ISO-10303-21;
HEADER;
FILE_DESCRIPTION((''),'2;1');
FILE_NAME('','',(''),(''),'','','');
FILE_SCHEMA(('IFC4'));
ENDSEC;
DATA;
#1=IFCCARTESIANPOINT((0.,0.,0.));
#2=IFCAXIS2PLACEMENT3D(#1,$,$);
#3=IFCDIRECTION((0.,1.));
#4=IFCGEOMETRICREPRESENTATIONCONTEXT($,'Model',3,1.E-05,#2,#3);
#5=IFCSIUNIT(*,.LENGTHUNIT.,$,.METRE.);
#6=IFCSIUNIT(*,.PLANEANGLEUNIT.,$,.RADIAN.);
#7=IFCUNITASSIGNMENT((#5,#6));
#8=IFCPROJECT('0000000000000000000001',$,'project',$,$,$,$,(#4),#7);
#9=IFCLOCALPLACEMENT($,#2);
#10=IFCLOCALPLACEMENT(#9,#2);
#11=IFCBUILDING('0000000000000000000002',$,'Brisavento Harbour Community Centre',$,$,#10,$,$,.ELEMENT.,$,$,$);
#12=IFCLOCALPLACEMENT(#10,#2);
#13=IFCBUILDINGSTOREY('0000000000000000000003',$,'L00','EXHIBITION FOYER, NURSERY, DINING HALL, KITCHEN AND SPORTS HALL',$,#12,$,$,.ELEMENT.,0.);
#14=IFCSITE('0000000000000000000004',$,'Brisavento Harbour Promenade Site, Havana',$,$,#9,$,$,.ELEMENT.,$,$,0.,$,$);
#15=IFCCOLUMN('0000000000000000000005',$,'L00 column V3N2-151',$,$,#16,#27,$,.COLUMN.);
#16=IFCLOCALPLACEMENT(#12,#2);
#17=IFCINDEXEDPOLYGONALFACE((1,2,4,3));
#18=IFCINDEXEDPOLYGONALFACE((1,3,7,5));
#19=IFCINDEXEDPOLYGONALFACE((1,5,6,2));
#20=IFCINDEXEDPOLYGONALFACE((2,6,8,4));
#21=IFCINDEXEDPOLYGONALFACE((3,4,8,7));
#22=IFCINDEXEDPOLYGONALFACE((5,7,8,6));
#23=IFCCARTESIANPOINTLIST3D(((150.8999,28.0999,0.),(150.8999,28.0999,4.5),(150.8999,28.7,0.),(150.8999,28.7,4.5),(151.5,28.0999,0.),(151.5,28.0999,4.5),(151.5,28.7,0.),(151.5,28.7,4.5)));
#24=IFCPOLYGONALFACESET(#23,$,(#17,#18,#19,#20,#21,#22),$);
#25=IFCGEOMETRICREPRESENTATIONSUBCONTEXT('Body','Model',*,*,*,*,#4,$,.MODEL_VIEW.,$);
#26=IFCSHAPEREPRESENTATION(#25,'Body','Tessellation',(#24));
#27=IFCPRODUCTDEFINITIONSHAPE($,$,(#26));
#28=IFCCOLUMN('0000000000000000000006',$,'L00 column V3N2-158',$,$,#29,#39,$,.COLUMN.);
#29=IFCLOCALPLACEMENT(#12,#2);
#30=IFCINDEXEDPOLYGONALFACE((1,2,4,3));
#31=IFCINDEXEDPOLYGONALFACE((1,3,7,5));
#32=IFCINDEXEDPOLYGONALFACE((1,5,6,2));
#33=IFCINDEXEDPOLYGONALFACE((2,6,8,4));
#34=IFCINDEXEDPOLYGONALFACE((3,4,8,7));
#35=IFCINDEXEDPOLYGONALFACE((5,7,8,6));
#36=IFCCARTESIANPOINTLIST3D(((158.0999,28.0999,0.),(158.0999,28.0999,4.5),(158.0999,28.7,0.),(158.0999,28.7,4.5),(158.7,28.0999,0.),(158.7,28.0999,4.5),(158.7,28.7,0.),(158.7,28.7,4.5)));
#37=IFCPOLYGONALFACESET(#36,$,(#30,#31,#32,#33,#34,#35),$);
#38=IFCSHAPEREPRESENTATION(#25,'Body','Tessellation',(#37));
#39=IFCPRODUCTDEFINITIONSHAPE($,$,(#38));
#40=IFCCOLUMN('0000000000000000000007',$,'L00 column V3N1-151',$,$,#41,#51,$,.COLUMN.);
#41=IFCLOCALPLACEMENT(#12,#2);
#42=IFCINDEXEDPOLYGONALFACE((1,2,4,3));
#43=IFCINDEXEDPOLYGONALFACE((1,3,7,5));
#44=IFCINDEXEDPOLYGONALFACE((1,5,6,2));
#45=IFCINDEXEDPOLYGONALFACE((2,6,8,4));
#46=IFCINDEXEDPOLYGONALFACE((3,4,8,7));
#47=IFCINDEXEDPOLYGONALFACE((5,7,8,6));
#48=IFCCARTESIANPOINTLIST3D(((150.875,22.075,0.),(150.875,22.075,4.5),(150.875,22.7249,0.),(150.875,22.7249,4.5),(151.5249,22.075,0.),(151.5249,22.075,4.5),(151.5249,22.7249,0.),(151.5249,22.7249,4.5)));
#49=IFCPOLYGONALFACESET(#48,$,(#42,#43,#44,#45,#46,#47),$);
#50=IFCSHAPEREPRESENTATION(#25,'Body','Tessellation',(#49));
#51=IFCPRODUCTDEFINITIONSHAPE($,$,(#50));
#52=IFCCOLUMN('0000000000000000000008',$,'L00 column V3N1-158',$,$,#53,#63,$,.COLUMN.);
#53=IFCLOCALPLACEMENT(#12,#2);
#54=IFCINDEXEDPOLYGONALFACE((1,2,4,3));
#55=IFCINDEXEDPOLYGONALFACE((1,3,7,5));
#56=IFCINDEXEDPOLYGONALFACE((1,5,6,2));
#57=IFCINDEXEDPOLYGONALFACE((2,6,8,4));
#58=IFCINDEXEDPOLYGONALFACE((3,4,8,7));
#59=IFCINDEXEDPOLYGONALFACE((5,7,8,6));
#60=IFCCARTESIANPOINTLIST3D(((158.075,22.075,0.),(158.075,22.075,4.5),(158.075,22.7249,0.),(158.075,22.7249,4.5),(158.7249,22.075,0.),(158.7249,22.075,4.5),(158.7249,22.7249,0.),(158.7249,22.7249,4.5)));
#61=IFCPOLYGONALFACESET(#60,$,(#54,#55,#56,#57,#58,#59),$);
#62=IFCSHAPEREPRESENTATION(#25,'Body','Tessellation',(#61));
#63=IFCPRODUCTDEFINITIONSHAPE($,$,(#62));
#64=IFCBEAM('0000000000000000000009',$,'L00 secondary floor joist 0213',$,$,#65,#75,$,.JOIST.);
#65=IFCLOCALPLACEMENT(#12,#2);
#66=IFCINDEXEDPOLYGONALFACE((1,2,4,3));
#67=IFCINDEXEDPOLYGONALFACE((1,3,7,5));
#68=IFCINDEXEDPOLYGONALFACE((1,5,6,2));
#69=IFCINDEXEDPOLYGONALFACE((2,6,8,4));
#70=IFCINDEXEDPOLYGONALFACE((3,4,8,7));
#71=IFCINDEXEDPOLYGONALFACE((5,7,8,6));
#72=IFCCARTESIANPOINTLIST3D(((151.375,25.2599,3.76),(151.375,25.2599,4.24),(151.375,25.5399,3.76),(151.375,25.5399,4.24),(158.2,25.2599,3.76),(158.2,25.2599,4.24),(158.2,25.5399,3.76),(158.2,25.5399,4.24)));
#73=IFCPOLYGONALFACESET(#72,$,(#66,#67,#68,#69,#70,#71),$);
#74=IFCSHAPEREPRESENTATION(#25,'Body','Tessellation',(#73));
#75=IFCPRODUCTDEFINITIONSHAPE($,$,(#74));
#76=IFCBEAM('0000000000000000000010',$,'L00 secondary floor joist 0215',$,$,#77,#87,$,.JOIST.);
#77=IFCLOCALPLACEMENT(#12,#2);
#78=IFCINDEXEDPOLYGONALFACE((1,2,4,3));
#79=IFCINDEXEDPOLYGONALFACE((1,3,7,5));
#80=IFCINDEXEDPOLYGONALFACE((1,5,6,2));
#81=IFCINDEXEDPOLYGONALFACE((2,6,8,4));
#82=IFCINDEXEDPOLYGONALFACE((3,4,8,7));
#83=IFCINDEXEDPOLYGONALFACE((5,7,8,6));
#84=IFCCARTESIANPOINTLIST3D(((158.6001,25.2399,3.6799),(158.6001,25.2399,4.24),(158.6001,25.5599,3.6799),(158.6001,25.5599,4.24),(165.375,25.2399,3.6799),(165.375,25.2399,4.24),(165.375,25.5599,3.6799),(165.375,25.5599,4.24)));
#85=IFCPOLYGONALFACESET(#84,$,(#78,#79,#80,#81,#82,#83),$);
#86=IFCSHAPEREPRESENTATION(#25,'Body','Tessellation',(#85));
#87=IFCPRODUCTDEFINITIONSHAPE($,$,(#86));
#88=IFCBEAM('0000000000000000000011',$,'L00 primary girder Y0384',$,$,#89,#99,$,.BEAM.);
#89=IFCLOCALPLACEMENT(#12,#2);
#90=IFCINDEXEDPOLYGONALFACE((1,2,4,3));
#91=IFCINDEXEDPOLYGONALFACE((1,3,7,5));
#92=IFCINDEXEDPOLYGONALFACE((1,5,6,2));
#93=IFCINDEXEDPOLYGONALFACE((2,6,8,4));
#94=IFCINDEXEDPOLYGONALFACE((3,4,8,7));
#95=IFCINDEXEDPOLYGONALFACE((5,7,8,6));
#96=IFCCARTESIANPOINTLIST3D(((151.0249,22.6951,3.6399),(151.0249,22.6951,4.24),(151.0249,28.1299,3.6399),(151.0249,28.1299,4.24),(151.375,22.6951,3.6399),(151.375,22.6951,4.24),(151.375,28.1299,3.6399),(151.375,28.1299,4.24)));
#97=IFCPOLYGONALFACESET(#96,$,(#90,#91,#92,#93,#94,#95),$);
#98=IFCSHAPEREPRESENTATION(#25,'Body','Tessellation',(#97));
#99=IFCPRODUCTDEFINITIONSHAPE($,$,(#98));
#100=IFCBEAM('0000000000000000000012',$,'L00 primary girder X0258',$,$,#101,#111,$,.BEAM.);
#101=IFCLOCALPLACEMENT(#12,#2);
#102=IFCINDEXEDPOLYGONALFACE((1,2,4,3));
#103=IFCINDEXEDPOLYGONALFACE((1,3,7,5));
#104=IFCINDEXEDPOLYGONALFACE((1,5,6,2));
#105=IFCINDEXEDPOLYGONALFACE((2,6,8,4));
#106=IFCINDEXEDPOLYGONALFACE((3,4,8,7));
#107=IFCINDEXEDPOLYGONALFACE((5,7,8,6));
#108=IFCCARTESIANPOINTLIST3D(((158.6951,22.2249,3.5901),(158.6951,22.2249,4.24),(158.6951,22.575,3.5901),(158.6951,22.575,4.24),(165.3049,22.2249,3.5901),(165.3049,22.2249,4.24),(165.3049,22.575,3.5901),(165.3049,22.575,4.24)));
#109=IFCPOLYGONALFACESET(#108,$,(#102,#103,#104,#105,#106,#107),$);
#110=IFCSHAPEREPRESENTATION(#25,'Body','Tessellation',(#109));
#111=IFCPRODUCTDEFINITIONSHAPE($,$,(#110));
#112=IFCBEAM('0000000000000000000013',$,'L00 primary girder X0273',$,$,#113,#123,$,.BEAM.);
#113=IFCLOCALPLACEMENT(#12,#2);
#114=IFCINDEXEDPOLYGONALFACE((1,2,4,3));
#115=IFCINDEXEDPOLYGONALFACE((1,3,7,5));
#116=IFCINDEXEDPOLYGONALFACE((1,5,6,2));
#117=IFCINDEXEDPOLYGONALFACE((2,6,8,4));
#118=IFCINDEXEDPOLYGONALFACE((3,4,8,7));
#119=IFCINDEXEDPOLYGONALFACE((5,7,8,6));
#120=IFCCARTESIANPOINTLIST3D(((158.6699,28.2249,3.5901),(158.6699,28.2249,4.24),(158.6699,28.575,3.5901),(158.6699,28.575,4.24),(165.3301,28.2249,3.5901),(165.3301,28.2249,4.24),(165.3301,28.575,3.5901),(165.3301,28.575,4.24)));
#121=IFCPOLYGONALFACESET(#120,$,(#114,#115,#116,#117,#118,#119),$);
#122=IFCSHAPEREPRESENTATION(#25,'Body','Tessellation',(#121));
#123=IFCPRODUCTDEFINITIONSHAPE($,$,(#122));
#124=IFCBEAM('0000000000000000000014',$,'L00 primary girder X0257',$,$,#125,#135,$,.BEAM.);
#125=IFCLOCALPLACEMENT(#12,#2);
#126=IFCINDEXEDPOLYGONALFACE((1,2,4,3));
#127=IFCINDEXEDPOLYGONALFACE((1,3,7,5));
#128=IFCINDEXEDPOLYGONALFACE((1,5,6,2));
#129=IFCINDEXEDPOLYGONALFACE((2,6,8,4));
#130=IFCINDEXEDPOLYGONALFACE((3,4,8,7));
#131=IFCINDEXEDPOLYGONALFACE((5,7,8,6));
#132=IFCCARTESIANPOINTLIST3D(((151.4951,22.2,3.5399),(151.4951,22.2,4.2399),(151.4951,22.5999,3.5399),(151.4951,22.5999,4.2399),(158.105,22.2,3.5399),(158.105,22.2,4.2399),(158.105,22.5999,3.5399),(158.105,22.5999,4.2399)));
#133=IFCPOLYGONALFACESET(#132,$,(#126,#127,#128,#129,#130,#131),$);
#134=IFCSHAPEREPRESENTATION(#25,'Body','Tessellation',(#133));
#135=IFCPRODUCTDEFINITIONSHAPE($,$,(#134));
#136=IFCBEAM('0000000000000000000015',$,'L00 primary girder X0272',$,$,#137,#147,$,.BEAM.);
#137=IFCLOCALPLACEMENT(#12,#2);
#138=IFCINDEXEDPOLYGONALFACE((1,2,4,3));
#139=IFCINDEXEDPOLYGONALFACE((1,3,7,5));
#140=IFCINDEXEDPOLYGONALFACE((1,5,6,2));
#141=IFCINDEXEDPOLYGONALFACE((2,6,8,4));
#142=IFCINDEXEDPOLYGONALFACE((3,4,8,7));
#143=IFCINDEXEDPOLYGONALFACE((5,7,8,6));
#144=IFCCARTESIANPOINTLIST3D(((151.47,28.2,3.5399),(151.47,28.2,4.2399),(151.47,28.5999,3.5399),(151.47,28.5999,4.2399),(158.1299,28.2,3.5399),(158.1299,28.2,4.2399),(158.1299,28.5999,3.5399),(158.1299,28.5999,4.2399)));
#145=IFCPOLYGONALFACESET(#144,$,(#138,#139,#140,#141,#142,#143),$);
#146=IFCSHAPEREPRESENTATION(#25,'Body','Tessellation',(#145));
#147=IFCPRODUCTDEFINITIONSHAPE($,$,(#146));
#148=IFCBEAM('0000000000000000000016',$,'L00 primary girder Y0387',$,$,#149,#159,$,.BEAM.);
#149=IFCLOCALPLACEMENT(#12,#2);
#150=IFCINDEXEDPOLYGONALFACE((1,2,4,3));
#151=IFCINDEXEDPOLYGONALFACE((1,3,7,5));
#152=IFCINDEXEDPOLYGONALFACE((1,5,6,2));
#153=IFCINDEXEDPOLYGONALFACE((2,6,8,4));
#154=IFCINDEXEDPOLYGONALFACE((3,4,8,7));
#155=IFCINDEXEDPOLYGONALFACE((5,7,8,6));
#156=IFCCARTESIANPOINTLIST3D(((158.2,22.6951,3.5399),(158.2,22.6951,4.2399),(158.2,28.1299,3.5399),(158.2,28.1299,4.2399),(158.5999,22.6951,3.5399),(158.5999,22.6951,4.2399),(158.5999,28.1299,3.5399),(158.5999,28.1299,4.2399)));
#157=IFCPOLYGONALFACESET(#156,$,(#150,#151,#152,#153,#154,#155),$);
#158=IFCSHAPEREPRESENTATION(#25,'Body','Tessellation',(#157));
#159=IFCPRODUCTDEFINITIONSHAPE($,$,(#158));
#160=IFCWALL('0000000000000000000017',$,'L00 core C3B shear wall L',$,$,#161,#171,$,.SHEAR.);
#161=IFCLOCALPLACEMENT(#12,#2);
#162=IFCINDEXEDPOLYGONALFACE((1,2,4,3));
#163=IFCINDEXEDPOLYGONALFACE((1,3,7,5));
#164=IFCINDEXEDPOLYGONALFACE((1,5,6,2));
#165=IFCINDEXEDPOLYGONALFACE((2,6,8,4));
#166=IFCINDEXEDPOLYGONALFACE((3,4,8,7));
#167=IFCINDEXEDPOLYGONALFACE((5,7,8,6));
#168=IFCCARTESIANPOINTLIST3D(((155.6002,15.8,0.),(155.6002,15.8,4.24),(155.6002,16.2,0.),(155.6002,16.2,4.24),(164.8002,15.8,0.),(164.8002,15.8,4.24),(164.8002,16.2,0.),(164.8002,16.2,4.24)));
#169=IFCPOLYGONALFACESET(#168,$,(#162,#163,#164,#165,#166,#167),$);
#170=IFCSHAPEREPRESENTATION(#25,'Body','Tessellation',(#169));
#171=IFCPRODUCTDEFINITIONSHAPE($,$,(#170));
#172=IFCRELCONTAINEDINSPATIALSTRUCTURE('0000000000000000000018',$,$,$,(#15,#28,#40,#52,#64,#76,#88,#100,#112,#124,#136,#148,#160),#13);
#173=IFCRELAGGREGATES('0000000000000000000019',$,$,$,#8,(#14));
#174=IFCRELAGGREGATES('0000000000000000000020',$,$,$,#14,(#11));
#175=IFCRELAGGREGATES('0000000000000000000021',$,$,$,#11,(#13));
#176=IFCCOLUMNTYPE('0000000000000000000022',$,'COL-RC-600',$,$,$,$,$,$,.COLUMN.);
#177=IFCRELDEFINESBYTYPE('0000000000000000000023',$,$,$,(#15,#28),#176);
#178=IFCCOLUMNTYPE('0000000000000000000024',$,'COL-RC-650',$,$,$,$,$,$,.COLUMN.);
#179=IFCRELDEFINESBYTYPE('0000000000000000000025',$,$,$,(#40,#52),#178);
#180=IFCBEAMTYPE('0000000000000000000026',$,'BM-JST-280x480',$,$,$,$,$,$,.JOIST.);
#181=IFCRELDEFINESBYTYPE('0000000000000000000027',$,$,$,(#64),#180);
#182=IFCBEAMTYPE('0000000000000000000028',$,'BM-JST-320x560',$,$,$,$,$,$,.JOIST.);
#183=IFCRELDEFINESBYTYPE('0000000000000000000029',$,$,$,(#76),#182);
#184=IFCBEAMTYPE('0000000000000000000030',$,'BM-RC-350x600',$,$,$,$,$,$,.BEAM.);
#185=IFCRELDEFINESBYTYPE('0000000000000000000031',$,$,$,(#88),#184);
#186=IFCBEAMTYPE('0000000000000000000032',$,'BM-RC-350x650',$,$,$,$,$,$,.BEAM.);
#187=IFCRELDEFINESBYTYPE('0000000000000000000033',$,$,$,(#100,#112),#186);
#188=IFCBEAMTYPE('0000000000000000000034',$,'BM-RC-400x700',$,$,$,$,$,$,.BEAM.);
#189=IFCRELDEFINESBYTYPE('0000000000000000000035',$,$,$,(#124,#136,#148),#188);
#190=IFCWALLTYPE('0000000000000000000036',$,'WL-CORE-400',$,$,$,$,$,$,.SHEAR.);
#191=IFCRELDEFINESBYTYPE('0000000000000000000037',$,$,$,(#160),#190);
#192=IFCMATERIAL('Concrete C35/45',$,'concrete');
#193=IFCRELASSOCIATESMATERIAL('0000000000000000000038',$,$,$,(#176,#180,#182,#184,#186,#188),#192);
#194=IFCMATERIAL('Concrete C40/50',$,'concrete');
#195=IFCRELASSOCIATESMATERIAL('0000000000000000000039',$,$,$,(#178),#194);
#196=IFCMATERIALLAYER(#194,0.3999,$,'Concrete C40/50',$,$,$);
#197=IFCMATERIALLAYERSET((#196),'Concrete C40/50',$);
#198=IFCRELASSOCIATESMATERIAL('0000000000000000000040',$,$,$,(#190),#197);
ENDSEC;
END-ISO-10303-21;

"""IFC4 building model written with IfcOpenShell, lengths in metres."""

from ifc_helpers import new_model, si_unit, direction, frame, frame_2d, origin, origin_2d, place, context, subcontext, project, spatial, rectangle, extrude, material, layer, layer_set, material_profile, profile_set, type_object, element, save


model = new_model("IFC4")

# Units and contexts
model_context = context("Model", 3, precision=1e-05, world=origin(), true_north=direction((0.0, 1.0)))
body_context = subcontext(model_context, "Body", "Model", "MODEL_VIEW")
ifc_project = project(units=[si_unit("LENGTHUNIT", "METRE"), si_unit("PLANEANGLEUNIT", "RADIAN")], contexts=[model_context])

# Site, building, storey
site_placement = place(None, origin())
site = spatial("IfcSite", under=ifc_project, at=site_placement, Name="Brisavento Harbour Promenade Site, Havana", CompositionType="ELEMENT", RefElevation=0.0)
building_placement = place(site_placement, origin())
building = spatial("IfcBuilding", under=site, at=building_placement, Name="Brisavento Harbour Community Centre", CompositionType="ELEMENT")
storey_placement = place(building_placement, origin())
storey = spatial("IfcBuildingStorey", under=building, at=storey_placement, Name="L00", Description="EXHIBITION FOYER, NURSERY, DINING HALL, KITCHEN AND SPORTS HALL", CompositionType="ELEMENT", Elevation=0.0)

# Columns
ifc_material_1 = material(Name="Concrete C35/45", Category="concrete")
ifc_material_profile_1 = material_profile(ifc_material_1, rectangle(XDim=0.6001, YDim=0.6001, at=origin_2d()), Name="Concrete C35/45")
ifc_profile_set_1 = profile_set([ifc_material_profile_1], Name="Concrete C35/45")
column_type_1 = type_object("IfcColumnType", Name="COL-RC-600", PredefinedType="COLUMN", material=ifc_profile_set_1)
for number, where, z_axis, x_axis, name in (
    (1, (151.2, 28.3999, 0.0), (0.0, 0.0, 1.0), (1.0, 0.0, 0.0), "L00 column V3N2-151"),
    (2, (158.3999, 28.3999, 0.0), (0.0, 0.0, 1.0), (1.0, 0.0, 0.0), "L00 column V3N2-158"),
):
    element("IfcColumn", number, at=place(storey_placement, frame(where, z_axis=z_axis, x_axis=x_axis)), inside=storey, type_object=column_type_1, Name=name, PredefinedType="COLUMN", context=body_context, shape_type="SweptSolid", body=[
        extrude(rectangle(XDim=0.6001, YDim=0.6001, at=origin_2d()), origin(), (0.0, 0.0, 1.0), 4.5),
    ])
ifc_material_2 = material(Name="Concrete C40/50", Category="concrete")
ifc_material_profile_2 = material_profile(ifc_material_2, rectangle(XDim=0.6499, YDim=0.6499, at=origin_2d()), Name="Concrete C40/50")
ifc_profile_set_2 = profile_set([ifc_material_profile_2], Name="Concrete C40/50")
column_type_2 = type_object("IfcColumnType", Name="COL-RC-650", PredefinedType="COLUMN", material=ifc_profile_set_2)
for number, where, z_axis, x_axis, name in (
    (3, (151.2, 22.3999, 0.0), (0.0, 0.0, 1.0), (1.0, 0.0, 0.0), "L00 column V3N1-151"),
    (4, (158.3999, 22.3999, 0.0), (0.0, 0.0, 1.0), (1.0, 0.0, 0.0), "L00 column V3N1-158"),
):
    element("IfcColumn", number, at=place(storey_placement, frame(where, z_axis=z_axis, x_axis=x_axis)), inside=storey, type_object=column_type_2, Name=name, PredefinedType="COLUMN", context=body_context, shape_type="SweptSolid", body=[
        extrude(rectangle(XDim=0.6499, YDim=0.6499, at=origin_2d()), origin(), (0.0, 0.0, 1.0), 4.5),
    ])

# Beams
ifc_material_profile_3 = material_profile(ifc_material_1, rectangle(XDim=0.28, YDim=0.48, at=origin_2d()), Name="Concrete C35/45")
ifc_profile_set_3 = profile_set([ifc_material_profile_3], Name="Concrete C35/45")
beam_type_1 = type_object("IfcBeamType", Name="BM-JST-280x480", PredefinedType="JOIST", material=ifc_profile_set_3)
beam_1_placement = place(storey_placement, frame((151.375, 25.3999, 4.0), z_axis=(1.0, 0.0, 0.0), x_axis=(0.0, 1.0, 0.0)))
element("IfcBeam", 5, at=beam_1_placement, inside=storey, type_object=beam_type_1, Name="L00 secondary floor joist 0213", PredefinedType="JOIST", context=body_context, shape_type="SweptSolid", body=[
    extrude(rectangle(XDim=0.28, YDim=0.48, at=origin_2d()), origin(), (0.0, 0.0, 1.0), 6.825),
])
ifc_material_profile_4 = material_profile(ifc_material_1, rectangle(XDim=0.3201, YDim=0.5601, at=origin_2d()), Name="Concrete C35/45")
ifc_profile_set_4 = profile_set([ifc_material_profile_4], Name="Concrete C35/45")
beam_type_2 = type_object("IfcBeamType", Name="BM-JST-320x560", PredefinedType="JOIST", material=ifc_profile_set_4)
beam_2_placement = place(storey_placement, frame((158.6001, 25.3999, 3.96), z_axis=(1.0, 0.0, 0.0), x_axis=(0.0, 1.0, 0.0)))
element("IfcBeam", 6, at=beam_2_placement, inside=storey, type_object=beam_type_2, Name="L00 secondary floor joist 0215", PredefinedType="JOIST", context=body_context, shape_type="SweptSolid", body=[
    extrude(rectangle(XDim=0.3201, YDim=0.5601, at=origin_2d()), origin(), (0.0, 0.0, 1.0), 6.7749),
])
ifc_material_profile_5 = material_profile(ifc_material_1, rectangle(XDim=0.3501, YDim=0.6001, at=origin_2d()), Name="Concrete C35/45")
ifc_profile_set_5 = profile_set([ifc_material_profile_5], Name="Concrete C35/45")
beam_type_3 = type_object("IfcBeamType", Name="BM-RC-350x600", PredefinedType="BEAM", material=ifc_profile_set_5)
beam_3_placement = place(storey_placement, frame((151.2, 22.6951, 3.9399), z_axis=(0.0, 1.0, 0.0), x_axis=(-1.0, 0.0, 0.0)))
element("IfcBeam", 7, at=beam_3_placement, inside=storey, type_object=beam_type_3, Name="L00 primary girder Y0384", PredefinedType="BEAM", context=body_context, shape_type="SweptSolid", body=[
    extrude(rectangle(XDim=0.3501, YDim=0.6001, at=origin_2d()), origin(), (0.0, 0.0, 1.0), 5.4348),
])
ifc_material_profile_6 = material_profile(ifc_material_1, rectangle(XDim=0.3501, YDim=0.6499, at=origin_2d()), Name="Concrete C35/45")
ifc_profile_set_6 = profile_set([ifc_material_profile_6], Name="Concrete C35/45")
beam_type_4 = type_object("IfcBeamType", Name="BM-RC-350x650", PredefinedType="BEAM", material=ifc_profile_set_6)
beam_4_placement = place(storey_placement, frame((158.6951, 22.3999, 3.915), z_axis=(1.0, 0.0, 0.0), x_axis=(0.0, 1.0, 0.0)))
element("IfcBeam", 8, at=beam_4_placement, inside=storey, type_object=beam_type_4, Name="L00 primary girder X0258", PredefinedType="BEAM", context=body_context, shape_type="SweptSolid", body=[
    extrude(rectangle(XDim=0.3501, YDim=0.6499, at=origin_2d()), origin(), (0.0, 0.0, 1.0), 6.6099),
])
beam_5_placement = place(storey_placement, frame((158.6699, 28.3999, 3.915), z_axis=(1.0, 0.0, 0.0), x_axis=(0.0, 1.0, 0.0)))
element("IfcBeam", 9, at=beam_5_placement, inside=storey, type_object=beam_type_4, Name="L00 primary girder X0273", PredefinedType="BEAM", context=body_context, shape_type="SweptSolid", body=[
    extrude(rectangle(XDim=0.3501, YDim=0.6499, at=origin_2d()), origin(), (0.0, 0.0, 1.0), 6.6602),
])
ifc_material_profile_7 = material_profile(ifc_material_1, rectangle(XDim=0.3999, YDim=0.7, at=origin_2d()), Name="Concrete C35/45")
ifc_profile_set_7 = profile_set([ifc_material_profile_7], Name="Concrete C35/45")
beam_type_5 = type_object("IfcBeamType", Name="BM-RC-400x700", PredefinedType="BEAM", material=ifc_profile_set_7)
beam_6_placement = place(storey_placement, frame((151.4951, 22.3999, 3.8899), z_axis=(1.0, 0.0, 0.0), x_axis=(0.0, 1.0, 0.0)))
element("IfcBeam", 10, at=beam_6_placement, inside=storey, type_object=beam_type_5, Name="L00 primary girder X0257", PredefinedType="BEAM", context=body_context, shape_type="SweptSolid", body=[
    extrude(rectangle(XDim=0.3999, YDim=0.7, at=origin_2d()), origin(), (0.0, 0.0, 1.0), 6.6099),
])
beam_7_placement = place(storey_placement, frame((151.47, 28.3999, 3.8899), z_axis=(1.0, 0.0, 0.0), x_axis=(0.0, 1.0, 0.0)))
element("IfcBeam", 11, at=beam_7_placement, inside=storey, type_object=beam_type_5, Name="L00 primary girder X0272", PredefinedType="BEAM", context=body_context, shape_type="SweptSolid", body=[
    extrude(rectangle(XDim=0.3999, YDim=0.7, at=origin_2d()), origin(), (0.0, 0.0, 1.0), 6.6599),
])
beam_8_placement = place(storey_placement, frame((158.3999, 22.6951, 3.8899), z_axis=(0.0, 1.0, 0.0), x_axis=(-1.0, 0.0, 0.0)))
element("IfcBeam", 12, at=beam_8_placement, inside=storey, type_object=beam_type_5, Name="L00 primary girder Y0387", PredefinedType="BEAM", context=body_context, shape_type="SweptSolid", body=[
    extrude(rectangle(XDim=0.3999, YDim=0.7, at=origin_2d()), origin(), (0.0, 0.0, 1.0), 5.4348),
])

# Wall
ifc_layer_1 = layer(ifc_material_2, 0.3999, Name="Concrete C40/50")
ifc_layer_set_1 = layer_set([ifc_layer_1], Name="Concrete C40/50")
wall_type_1 = type_object("IfcWallType", Name="WL-CORE-400", PredefinedType="SHEAR", material=ifc_layer_set_1)
wall_1_placement = place(storey_placement, frame((155.6001, 16.0, 0.0), z_axis=(0.0, 0.0, 1.0), x_axis=(1.0, 0.0, 0.0)))
element("IfcWall", 13, at=wall_1_placement, inside=storey, type_object=wall_type_1, Name="L00 core C3B shear wall L", PredefinedType="SHEAR", context=body_context, shape_type="SweptSolid", body=[
    extrude(rectangle(XDim=9.2, YDim=0.3999, at=frame_2d((4.6001, 0.0))), origin(), (0.0, 0.0, 1.0), 4.24),
])

save(model, "model.ifc")
